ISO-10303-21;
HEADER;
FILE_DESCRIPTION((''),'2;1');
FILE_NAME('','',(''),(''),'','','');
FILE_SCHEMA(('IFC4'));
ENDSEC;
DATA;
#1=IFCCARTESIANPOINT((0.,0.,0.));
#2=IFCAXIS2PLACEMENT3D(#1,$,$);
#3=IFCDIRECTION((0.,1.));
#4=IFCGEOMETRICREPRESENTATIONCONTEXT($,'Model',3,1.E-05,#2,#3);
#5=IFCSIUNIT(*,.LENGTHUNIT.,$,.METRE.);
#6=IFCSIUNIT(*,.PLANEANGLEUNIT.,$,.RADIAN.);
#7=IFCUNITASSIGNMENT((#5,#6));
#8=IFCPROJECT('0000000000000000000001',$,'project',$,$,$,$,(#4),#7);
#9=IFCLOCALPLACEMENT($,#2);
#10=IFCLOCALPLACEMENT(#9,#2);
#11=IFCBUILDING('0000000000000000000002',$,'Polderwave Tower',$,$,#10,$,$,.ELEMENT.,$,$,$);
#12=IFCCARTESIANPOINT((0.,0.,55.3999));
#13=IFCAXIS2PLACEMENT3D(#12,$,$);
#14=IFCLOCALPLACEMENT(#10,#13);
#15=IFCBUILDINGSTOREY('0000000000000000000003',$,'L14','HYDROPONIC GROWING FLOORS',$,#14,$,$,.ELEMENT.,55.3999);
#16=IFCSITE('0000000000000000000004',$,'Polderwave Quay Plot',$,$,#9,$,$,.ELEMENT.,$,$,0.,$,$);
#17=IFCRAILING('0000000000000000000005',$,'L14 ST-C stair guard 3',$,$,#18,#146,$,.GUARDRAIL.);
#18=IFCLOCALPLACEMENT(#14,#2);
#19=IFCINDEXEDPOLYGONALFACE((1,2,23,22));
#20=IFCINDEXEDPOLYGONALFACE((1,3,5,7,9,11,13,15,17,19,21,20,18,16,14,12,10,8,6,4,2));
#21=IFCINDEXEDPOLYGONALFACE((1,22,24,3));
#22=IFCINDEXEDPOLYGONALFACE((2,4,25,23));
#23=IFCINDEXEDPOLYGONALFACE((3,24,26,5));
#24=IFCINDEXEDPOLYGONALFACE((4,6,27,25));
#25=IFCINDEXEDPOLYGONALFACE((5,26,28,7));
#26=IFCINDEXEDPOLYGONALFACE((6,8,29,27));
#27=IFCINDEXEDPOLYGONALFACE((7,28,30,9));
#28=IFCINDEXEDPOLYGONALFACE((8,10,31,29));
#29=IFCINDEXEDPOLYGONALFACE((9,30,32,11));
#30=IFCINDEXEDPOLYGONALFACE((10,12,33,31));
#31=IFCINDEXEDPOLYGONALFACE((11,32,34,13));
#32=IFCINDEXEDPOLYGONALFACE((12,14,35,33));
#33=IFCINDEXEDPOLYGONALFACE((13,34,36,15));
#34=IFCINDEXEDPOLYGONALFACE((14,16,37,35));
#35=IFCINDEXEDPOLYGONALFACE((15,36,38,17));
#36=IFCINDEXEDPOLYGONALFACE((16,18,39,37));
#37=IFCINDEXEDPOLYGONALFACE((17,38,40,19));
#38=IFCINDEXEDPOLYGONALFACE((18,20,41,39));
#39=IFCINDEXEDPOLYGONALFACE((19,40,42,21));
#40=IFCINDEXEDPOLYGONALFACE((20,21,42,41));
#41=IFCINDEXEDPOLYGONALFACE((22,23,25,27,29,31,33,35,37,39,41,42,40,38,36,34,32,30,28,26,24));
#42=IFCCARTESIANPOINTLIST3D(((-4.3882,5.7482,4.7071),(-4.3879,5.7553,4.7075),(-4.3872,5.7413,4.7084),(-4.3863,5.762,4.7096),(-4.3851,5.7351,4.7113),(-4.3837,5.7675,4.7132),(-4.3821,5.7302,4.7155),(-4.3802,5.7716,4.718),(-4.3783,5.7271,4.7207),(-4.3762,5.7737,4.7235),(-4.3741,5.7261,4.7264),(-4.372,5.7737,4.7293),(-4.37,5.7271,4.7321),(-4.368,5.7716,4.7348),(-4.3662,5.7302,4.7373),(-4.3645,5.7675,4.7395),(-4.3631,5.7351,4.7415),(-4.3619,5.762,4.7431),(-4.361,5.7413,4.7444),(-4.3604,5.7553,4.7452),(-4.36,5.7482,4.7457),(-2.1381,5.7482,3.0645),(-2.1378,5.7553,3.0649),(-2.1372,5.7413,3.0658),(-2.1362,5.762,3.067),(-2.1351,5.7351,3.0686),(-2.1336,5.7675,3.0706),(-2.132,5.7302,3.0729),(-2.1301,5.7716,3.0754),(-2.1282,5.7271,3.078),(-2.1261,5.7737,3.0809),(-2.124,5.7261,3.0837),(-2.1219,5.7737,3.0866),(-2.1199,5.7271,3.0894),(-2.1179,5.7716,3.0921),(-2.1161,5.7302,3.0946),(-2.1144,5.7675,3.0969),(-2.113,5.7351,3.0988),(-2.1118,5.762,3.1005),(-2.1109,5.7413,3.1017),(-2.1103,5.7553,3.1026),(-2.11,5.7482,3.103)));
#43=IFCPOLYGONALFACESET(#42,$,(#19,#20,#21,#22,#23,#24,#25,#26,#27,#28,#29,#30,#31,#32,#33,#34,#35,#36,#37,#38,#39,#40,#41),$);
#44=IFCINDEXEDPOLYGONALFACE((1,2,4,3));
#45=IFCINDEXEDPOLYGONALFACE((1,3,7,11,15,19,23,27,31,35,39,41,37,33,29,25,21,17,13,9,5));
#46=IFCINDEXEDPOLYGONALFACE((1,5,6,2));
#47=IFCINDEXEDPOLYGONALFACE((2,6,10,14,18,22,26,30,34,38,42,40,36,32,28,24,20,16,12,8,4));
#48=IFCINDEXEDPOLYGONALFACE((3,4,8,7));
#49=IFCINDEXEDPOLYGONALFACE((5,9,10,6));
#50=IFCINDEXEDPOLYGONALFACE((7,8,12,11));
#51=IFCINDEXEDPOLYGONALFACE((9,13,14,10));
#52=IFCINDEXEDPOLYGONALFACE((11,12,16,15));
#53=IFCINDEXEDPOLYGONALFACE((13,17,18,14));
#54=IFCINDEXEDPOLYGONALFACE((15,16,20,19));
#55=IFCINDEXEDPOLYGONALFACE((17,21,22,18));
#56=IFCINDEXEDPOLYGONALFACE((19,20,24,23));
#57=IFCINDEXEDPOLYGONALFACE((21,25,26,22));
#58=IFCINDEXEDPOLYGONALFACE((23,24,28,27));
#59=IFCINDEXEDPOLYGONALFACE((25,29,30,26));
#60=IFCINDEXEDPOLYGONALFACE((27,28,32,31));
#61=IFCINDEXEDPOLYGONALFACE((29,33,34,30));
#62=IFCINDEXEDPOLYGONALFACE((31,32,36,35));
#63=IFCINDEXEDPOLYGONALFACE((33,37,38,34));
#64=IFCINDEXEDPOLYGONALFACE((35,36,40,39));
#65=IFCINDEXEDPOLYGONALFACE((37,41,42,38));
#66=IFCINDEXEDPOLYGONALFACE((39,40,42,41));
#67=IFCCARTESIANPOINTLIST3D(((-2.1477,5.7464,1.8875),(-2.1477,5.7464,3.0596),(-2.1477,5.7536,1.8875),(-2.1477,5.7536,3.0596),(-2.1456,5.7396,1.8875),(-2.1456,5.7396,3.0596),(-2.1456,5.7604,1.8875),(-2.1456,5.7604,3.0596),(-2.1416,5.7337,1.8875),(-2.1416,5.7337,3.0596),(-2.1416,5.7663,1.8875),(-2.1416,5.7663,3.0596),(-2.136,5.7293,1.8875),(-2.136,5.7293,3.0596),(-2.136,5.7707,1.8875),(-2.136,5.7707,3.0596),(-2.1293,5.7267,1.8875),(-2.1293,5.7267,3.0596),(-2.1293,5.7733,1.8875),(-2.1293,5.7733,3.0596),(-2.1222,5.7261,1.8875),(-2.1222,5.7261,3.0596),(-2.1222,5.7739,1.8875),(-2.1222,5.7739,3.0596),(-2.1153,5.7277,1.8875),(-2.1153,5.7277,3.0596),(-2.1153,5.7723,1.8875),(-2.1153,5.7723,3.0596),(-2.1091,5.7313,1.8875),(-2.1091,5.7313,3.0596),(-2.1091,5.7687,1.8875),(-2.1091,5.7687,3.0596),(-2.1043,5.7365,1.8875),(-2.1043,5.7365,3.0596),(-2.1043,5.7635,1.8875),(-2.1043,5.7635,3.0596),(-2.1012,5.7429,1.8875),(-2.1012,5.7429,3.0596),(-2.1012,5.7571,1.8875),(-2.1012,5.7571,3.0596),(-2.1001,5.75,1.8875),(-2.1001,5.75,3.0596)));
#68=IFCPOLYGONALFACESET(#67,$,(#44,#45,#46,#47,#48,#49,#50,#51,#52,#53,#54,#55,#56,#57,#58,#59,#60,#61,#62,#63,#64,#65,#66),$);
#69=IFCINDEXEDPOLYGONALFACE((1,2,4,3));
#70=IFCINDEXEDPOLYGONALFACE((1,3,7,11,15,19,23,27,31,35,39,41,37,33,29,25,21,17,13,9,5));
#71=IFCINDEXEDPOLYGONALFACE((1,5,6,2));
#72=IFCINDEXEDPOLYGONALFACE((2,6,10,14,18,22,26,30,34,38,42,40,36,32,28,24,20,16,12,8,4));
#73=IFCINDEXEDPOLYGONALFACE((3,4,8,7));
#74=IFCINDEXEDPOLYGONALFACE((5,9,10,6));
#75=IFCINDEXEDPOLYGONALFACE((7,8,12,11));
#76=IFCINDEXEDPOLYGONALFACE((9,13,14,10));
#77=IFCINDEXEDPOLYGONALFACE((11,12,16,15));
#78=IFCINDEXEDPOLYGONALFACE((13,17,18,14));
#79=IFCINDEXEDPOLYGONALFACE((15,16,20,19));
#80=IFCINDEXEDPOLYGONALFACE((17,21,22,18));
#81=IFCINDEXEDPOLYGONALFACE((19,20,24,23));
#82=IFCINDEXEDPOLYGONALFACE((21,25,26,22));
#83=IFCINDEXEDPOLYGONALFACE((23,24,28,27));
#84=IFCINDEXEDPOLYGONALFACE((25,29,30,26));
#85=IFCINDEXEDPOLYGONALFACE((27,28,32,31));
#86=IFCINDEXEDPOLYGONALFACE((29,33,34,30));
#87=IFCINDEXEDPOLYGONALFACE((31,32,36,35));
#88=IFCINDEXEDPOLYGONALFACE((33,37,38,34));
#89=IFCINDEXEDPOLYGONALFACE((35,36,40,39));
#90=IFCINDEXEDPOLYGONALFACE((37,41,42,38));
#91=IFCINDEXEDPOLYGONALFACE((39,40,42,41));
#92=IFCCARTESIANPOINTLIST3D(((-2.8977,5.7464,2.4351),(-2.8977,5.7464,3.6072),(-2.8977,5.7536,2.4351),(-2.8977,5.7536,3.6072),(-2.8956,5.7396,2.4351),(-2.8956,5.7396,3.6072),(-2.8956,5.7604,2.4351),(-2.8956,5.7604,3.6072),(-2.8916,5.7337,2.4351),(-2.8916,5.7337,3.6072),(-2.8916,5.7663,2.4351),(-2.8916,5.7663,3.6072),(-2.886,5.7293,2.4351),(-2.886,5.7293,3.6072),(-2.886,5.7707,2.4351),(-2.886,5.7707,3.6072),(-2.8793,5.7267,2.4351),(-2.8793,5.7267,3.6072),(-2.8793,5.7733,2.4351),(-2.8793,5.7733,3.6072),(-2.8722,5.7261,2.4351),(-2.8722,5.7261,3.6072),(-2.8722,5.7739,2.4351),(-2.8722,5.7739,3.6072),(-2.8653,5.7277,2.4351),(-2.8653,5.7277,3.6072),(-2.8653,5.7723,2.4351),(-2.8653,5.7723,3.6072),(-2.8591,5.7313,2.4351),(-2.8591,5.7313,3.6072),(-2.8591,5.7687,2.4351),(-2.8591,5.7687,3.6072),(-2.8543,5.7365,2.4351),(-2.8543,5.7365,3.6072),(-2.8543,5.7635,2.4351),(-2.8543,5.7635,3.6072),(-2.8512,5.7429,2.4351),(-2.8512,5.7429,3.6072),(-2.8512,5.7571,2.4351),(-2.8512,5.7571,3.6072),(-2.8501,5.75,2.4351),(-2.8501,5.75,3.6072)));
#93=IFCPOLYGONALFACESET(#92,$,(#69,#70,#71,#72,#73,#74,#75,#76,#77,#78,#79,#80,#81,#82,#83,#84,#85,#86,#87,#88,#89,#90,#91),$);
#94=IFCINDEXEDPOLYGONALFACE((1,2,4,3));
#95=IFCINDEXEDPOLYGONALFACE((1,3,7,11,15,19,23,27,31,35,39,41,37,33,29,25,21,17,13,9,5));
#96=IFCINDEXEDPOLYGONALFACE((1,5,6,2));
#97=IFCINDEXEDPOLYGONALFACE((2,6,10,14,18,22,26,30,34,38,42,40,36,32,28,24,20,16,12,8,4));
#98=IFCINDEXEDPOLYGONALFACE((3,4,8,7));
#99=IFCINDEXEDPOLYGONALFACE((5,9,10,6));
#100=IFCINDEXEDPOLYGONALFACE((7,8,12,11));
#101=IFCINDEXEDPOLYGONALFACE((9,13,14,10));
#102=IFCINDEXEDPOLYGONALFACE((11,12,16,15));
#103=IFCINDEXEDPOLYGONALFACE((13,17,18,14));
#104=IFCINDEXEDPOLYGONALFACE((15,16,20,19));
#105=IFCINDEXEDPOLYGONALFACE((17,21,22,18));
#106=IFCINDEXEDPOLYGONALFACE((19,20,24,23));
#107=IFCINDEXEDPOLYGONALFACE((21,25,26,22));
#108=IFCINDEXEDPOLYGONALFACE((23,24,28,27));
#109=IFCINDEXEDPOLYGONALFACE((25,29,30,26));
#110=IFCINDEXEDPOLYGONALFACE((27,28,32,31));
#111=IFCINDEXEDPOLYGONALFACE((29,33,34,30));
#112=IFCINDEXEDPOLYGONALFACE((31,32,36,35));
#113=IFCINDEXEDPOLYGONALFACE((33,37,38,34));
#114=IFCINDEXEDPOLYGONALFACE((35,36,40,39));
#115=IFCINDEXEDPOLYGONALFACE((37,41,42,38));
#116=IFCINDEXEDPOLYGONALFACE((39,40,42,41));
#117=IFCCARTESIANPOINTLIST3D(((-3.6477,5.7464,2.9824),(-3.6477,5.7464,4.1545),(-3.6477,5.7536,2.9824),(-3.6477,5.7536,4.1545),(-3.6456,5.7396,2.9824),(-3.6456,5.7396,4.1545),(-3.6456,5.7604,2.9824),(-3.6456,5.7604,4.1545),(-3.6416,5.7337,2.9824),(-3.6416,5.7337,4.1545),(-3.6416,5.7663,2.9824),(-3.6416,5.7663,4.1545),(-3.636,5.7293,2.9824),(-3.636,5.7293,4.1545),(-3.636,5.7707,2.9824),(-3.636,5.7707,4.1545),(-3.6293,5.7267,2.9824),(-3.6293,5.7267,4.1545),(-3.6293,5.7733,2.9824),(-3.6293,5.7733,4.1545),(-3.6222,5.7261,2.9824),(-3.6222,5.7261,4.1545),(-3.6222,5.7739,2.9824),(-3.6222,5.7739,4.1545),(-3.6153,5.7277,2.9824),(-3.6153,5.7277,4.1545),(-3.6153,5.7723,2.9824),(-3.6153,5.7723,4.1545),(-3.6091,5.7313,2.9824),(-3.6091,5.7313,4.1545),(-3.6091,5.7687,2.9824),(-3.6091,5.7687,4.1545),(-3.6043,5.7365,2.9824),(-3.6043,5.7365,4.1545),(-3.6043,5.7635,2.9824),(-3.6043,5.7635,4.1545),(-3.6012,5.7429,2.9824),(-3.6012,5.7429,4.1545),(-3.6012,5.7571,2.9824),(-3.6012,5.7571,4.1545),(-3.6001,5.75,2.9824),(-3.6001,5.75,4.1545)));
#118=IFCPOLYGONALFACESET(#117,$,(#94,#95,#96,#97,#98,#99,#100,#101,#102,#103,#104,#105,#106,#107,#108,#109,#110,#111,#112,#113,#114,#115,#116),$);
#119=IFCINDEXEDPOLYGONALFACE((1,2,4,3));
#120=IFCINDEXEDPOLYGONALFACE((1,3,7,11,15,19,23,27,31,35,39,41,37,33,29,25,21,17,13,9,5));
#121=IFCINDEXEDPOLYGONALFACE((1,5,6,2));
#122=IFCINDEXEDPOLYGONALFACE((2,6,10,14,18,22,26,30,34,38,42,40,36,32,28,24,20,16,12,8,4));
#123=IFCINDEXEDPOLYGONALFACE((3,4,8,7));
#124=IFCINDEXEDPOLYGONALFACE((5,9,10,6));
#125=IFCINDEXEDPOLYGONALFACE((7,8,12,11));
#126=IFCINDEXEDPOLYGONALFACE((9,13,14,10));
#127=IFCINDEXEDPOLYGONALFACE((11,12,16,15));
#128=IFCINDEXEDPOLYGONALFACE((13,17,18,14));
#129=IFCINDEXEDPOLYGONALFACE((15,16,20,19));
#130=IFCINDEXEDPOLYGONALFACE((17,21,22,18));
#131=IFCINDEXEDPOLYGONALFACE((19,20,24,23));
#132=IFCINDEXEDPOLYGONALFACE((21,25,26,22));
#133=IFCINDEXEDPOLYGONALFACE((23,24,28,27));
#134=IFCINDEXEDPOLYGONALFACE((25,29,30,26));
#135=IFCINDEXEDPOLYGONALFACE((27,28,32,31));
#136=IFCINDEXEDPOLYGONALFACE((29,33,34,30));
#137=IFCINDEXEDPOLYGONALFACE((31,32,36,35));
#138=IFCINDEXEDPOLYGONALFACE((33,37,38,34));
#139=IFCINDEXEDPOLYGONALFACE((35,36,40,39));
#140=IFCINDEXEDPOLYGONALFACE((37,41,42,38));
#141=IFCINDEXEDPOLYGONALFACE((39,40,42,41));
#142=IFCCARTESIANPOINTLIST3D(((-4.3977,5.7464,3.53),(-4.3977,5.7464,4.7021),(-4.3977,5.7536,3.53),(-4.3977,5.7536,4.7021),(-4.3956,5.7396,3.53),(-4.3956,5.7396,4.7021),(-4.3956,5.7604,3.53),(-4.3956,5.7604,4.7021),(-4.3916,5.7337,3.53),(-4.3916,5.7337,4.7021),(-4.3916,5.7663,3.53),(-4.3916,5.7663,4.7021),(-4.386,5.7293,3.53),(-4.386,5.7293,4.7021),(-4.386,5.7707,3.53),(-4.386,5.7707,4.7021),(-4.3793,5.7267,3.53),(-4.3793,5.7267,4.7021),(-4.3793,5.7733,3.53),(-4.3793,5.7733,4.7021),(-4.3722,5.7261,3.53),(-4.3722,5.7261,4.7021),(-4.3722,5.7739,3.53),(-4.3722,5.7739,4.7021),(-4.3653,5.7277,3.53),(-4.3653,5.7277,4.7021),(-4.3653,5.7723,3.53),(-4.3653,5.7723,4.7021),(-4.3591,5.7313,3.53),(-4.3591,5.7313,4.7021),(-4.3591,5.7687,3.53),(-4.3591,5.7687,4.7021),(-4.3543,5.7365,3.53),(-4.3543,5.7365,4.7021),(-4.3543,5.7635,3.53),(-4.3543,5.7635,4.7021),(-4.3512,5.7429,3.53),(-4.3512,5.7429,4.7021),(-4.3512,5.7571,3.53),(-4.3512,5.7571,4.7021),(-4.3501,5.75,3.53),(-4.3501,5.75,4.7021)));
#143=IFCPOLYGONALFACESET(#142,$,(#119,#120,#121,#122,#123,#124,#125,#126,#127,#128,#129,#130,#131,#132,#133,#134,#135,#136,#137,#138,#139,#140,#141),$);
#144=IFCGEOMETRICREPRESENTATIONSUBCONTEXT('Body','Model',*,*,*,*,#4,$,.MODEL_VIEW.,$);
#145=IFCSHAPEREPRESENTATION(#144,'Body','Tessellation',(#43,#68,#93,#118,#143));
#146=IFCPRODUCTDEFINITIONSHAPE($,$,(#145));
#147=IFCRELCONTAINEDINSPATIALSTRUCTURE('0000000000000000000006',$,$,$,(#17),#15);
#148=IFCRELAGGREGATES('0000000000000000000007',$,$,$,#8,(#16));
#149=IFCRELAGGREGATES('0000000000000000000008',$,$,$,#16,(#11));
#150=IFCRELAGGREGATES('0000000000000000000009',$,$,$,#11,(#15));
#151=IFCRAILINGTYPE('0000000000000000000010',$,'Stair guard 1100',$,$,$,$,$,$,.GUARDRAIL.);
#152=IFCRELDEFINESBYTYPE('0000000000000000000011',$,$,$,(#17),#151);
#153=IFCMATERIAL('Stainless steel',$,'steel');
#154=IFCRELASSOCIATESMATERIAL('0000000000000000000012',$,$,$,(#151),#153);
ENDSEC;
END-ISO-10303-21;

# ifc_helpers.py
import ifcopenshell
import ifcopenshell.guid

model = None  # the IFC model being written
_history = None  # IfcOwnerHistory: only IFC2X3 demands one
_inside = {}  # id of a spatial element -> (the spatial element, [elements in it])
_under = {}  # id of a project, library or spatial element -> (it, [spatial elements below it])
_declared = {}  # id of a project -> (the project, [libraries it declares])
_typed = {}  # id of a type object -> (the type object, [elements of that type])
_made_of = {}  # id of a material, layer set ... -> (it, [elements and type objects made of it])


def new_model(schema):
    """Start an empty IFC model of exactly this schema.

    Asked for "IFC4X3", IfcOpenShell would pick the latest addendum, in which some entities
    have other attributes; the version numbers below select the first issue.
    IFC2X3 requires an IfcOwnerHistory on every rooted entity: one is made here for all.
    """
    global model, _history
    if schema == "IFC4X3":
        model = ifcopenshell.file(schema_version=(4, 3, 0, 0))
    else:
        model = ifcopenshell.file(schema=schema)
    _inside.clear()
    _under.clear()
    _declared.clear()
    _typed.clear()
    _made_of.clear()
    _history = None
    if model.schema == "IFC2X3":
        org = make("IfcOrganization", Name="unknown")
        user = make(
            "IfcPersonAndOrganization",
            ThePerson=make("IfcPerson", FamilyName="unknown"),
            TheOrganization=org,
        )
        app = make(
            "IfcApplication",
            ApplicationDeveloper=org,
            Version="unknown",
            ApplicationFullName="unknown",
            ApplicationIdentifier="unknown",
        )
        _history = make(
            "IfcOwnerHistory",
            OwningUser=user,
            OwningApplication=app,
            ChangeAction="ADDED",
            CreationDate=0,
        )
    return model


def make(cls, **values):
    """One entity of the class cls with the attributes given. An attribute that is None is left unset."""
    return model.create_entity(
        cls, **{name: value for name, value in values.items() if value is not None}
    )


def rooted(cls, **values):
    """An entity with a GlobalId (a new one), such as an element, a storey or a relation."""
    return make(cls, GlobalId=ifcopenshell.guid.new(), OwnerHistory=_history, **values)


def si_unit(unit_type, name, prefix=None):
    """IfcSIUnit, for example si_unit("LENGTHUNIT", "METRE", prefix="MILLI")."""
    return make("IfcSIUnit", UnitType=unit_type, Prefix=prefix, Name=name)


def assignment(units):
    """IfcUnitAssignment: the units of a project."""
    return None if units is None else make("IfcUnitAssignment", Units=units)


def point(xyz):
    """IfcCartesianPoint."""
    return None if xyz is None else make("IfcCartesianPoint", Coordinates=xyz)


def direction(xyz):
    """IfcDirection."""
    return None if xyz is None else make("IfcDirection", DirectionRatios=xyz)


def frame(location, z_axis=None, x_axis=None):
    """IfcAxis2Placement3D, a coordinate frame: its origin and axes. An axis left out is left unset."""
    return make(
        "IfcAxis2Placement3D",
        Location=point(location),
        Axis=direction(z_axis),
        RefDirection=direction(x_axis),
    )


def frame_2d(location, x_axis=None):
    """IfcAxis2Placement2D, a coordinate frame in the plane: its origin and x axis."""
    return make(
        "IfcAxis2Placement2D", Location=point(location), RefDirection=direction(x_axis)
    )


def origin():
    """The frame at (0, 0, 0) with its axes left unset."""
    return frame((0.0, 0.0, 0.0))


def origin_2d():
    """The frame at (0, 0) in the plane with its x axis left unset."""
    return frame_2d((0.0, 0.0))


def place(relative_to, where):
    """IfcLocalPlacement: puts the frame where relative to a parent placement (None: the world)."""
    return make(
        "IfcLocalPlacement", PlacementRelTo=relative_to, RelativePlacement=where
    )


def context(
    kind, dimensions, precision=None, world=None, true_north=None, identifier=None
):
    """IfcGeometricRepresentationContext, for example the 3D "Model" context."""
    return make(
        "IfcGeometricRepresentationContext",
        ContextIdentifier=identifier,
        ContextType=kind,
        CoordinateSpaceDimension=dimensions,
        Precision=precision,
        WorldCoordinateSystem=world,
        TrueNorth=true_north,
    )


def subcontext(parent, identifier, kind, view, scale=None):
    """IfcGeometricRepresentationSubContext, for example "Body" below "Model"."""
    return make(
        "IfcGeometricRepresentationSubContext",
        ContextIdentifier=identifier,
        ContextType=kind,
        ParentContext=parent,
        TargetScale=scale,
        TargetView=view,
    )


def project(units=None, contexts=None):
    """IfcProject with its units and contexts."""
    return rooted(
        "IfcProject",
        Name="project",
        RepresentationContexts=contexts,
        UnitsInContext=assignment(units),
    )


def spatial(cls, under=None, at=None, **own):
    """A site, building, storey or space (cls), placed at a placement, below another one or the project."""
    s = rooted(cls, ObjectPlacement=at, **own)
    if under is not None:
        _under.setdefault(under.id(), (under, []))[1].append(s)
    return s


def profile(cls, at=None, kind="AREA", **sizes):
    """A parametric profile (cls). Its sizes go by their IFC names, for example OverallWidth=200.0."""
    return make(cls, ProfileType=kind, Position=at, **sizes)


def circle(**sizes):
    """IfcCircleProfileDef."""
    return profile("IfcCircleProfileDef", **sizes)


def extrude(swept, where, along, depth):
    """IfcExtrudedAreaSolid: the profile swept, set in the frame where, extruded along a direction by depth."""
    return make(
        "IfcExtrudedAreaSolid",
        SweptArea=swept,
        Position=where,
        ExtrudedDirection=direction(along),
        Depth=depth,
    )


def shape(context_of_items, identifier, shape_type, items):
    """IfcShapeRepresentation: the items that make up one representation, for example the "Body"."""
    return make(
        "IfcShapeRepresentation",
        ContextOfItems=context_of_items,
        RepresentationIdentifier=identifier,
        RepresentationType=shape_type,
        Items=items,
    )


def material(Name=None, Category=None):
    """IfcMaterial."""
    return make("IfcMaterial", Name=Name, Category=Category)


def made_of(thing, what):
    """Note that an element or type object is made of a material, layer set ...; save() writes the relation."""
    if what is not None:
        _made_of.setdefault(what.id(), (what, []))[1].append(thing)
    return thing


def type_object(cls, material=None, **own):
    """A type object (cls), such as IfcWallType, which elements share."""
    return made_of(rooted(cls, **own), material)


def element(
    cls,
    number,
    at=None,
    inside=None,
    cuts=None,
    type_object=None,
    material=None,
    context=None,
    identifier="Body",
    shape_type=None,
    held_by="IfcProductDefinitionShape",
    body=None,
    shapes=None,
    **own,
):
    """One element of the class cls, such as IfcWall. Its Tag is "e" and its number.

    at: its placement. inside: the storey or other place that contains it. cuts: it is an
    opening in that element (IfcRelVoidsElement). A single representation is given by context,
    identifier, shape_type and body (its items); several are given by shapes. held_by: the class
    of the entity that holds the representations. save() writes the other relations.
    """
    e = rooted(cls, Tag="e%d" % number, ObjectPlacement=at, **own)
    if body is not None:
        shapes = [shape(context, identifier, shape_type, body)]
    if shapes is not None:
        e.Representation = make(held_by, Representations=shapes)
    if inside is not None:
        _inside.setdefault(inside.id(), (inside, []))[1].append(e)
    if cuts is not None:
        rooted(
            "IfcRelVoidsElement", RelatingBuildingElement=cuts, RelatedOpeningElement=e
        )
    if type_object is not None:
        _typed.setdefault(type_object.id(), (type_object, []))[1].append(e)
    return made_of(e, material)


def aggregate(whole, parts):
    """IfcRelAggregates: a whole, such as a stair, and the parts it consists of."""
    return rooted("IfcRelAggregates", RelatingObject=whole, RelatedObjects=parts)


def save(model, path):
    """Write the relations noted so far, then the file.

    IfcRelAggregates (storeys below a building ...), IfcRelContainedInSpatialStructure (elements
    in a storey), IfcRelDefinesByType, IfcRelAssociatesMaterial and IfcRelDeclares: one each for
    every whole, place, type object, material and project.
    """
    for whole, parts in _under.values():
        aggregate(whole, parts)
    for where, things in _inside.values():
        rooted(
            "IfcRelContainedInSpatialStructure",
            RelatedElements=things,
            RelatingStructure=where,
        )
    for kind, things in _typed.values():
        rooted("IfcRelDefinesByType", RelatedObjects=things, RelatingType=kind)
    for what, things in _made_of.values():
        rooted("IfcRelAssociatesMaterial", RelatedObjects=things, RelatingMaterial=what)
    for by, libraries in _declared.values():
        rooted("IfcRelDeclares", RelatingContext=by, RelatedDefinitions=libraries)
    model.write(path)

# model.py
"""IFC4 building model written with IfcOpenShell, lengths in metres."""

from ifc_helpers import new_model, si_unit, direction, frame, origin, origin_2d, place, context, subcontext, project, spatial, circle, extrude, material, type_object, element, save


model = new_model("IFC4")

# Units and contexts
model_context = context("Model", 3, precision=1e-05, world=origin(), true_north=direction((0.0, 1.0)))
body_context = subcontext(model_context, "Body", "Model", "MODEL_VIEW")
ifc_project = project(units=[si_unit("LENGTHUNIT", "METRE"), si_unit("PLANEANGLEUNIT", "RADIAN")], contexts=[model_context])

# Site, building, storey
site_placement = place(None, origin())
site = spatial("IfcSite", under=ifc_project, at=site_placement, Name="Polderwave Quay Plot", CompositionType="ELEMENT", RefElevation=0.0)
building_placement = place(site_placement, origin())
building = spatial("IfcBuilding", under=site, at=building_placement, Name="Polderwave Tower", CompositionType="ELEMENT")
storey_placement = place(building_placement, frame((0.0, 0.0, 55.3999)))
storey = spatial("IfcBuildingStorey", under=building, at=storey_placement, Name="L14", Description="HYDROPONIC GROWING FLOORS", CompositionType="ELEMENT", Elevation=55.3999)

# Railing
ifc_material_1 = material(Name="Stainless steel", Category="steel")
railing_type_1 = type_object("IfcRailingType", Name="Stair guard 1100", PredefinedType="GUARDRAIL", material=ifc_material_1)
railing_1_placement = place(storey_placement, frame((-2.124, 5.75, 1.8875)))
element("IfcRailing", 1, at=railing_1_placement, inside=storey, type_object=railing_type_1, Name="L14 ST-C stair guard 3", PredefinedType="GUARDRAIL", context=body_context, shape_type="SweptSolid", body=[
    extrude(circle(Radius=0.0239, at=origin_2d()), frame((0.0, 0.0, 1.1963), z_axis=(-0.807674, 0.0, 0.58963), x_axis=(0.0, -1.0, 0.0)), (0.0, 0.0, 1.0), 2.7859),
    extrude(circle(Radius=0.0239, at=origin_2d()), origin(), (0.0, 0.0, 1.0), 1.1721),
    extrude(circle(Radius=0.0239, at=origin_2d()), frame((-0.75, 0.0, 0.5476)), (0.0, 0.0, 1.0), 1.1721),
    extrude(circle(Radius=0.0239, at=origin_2d()), frame((-1.5, 0.0, 1.095)), (0.0, 0.0, 1.0), 1.1721),
    extrude(circle(Radius=0.0239, at=origin_2d()), frame((-2.25, 0.0, 1.6426)), (0.0, 0.0, 1.0), 1.1721),
])

save(model, "model.ifc")
